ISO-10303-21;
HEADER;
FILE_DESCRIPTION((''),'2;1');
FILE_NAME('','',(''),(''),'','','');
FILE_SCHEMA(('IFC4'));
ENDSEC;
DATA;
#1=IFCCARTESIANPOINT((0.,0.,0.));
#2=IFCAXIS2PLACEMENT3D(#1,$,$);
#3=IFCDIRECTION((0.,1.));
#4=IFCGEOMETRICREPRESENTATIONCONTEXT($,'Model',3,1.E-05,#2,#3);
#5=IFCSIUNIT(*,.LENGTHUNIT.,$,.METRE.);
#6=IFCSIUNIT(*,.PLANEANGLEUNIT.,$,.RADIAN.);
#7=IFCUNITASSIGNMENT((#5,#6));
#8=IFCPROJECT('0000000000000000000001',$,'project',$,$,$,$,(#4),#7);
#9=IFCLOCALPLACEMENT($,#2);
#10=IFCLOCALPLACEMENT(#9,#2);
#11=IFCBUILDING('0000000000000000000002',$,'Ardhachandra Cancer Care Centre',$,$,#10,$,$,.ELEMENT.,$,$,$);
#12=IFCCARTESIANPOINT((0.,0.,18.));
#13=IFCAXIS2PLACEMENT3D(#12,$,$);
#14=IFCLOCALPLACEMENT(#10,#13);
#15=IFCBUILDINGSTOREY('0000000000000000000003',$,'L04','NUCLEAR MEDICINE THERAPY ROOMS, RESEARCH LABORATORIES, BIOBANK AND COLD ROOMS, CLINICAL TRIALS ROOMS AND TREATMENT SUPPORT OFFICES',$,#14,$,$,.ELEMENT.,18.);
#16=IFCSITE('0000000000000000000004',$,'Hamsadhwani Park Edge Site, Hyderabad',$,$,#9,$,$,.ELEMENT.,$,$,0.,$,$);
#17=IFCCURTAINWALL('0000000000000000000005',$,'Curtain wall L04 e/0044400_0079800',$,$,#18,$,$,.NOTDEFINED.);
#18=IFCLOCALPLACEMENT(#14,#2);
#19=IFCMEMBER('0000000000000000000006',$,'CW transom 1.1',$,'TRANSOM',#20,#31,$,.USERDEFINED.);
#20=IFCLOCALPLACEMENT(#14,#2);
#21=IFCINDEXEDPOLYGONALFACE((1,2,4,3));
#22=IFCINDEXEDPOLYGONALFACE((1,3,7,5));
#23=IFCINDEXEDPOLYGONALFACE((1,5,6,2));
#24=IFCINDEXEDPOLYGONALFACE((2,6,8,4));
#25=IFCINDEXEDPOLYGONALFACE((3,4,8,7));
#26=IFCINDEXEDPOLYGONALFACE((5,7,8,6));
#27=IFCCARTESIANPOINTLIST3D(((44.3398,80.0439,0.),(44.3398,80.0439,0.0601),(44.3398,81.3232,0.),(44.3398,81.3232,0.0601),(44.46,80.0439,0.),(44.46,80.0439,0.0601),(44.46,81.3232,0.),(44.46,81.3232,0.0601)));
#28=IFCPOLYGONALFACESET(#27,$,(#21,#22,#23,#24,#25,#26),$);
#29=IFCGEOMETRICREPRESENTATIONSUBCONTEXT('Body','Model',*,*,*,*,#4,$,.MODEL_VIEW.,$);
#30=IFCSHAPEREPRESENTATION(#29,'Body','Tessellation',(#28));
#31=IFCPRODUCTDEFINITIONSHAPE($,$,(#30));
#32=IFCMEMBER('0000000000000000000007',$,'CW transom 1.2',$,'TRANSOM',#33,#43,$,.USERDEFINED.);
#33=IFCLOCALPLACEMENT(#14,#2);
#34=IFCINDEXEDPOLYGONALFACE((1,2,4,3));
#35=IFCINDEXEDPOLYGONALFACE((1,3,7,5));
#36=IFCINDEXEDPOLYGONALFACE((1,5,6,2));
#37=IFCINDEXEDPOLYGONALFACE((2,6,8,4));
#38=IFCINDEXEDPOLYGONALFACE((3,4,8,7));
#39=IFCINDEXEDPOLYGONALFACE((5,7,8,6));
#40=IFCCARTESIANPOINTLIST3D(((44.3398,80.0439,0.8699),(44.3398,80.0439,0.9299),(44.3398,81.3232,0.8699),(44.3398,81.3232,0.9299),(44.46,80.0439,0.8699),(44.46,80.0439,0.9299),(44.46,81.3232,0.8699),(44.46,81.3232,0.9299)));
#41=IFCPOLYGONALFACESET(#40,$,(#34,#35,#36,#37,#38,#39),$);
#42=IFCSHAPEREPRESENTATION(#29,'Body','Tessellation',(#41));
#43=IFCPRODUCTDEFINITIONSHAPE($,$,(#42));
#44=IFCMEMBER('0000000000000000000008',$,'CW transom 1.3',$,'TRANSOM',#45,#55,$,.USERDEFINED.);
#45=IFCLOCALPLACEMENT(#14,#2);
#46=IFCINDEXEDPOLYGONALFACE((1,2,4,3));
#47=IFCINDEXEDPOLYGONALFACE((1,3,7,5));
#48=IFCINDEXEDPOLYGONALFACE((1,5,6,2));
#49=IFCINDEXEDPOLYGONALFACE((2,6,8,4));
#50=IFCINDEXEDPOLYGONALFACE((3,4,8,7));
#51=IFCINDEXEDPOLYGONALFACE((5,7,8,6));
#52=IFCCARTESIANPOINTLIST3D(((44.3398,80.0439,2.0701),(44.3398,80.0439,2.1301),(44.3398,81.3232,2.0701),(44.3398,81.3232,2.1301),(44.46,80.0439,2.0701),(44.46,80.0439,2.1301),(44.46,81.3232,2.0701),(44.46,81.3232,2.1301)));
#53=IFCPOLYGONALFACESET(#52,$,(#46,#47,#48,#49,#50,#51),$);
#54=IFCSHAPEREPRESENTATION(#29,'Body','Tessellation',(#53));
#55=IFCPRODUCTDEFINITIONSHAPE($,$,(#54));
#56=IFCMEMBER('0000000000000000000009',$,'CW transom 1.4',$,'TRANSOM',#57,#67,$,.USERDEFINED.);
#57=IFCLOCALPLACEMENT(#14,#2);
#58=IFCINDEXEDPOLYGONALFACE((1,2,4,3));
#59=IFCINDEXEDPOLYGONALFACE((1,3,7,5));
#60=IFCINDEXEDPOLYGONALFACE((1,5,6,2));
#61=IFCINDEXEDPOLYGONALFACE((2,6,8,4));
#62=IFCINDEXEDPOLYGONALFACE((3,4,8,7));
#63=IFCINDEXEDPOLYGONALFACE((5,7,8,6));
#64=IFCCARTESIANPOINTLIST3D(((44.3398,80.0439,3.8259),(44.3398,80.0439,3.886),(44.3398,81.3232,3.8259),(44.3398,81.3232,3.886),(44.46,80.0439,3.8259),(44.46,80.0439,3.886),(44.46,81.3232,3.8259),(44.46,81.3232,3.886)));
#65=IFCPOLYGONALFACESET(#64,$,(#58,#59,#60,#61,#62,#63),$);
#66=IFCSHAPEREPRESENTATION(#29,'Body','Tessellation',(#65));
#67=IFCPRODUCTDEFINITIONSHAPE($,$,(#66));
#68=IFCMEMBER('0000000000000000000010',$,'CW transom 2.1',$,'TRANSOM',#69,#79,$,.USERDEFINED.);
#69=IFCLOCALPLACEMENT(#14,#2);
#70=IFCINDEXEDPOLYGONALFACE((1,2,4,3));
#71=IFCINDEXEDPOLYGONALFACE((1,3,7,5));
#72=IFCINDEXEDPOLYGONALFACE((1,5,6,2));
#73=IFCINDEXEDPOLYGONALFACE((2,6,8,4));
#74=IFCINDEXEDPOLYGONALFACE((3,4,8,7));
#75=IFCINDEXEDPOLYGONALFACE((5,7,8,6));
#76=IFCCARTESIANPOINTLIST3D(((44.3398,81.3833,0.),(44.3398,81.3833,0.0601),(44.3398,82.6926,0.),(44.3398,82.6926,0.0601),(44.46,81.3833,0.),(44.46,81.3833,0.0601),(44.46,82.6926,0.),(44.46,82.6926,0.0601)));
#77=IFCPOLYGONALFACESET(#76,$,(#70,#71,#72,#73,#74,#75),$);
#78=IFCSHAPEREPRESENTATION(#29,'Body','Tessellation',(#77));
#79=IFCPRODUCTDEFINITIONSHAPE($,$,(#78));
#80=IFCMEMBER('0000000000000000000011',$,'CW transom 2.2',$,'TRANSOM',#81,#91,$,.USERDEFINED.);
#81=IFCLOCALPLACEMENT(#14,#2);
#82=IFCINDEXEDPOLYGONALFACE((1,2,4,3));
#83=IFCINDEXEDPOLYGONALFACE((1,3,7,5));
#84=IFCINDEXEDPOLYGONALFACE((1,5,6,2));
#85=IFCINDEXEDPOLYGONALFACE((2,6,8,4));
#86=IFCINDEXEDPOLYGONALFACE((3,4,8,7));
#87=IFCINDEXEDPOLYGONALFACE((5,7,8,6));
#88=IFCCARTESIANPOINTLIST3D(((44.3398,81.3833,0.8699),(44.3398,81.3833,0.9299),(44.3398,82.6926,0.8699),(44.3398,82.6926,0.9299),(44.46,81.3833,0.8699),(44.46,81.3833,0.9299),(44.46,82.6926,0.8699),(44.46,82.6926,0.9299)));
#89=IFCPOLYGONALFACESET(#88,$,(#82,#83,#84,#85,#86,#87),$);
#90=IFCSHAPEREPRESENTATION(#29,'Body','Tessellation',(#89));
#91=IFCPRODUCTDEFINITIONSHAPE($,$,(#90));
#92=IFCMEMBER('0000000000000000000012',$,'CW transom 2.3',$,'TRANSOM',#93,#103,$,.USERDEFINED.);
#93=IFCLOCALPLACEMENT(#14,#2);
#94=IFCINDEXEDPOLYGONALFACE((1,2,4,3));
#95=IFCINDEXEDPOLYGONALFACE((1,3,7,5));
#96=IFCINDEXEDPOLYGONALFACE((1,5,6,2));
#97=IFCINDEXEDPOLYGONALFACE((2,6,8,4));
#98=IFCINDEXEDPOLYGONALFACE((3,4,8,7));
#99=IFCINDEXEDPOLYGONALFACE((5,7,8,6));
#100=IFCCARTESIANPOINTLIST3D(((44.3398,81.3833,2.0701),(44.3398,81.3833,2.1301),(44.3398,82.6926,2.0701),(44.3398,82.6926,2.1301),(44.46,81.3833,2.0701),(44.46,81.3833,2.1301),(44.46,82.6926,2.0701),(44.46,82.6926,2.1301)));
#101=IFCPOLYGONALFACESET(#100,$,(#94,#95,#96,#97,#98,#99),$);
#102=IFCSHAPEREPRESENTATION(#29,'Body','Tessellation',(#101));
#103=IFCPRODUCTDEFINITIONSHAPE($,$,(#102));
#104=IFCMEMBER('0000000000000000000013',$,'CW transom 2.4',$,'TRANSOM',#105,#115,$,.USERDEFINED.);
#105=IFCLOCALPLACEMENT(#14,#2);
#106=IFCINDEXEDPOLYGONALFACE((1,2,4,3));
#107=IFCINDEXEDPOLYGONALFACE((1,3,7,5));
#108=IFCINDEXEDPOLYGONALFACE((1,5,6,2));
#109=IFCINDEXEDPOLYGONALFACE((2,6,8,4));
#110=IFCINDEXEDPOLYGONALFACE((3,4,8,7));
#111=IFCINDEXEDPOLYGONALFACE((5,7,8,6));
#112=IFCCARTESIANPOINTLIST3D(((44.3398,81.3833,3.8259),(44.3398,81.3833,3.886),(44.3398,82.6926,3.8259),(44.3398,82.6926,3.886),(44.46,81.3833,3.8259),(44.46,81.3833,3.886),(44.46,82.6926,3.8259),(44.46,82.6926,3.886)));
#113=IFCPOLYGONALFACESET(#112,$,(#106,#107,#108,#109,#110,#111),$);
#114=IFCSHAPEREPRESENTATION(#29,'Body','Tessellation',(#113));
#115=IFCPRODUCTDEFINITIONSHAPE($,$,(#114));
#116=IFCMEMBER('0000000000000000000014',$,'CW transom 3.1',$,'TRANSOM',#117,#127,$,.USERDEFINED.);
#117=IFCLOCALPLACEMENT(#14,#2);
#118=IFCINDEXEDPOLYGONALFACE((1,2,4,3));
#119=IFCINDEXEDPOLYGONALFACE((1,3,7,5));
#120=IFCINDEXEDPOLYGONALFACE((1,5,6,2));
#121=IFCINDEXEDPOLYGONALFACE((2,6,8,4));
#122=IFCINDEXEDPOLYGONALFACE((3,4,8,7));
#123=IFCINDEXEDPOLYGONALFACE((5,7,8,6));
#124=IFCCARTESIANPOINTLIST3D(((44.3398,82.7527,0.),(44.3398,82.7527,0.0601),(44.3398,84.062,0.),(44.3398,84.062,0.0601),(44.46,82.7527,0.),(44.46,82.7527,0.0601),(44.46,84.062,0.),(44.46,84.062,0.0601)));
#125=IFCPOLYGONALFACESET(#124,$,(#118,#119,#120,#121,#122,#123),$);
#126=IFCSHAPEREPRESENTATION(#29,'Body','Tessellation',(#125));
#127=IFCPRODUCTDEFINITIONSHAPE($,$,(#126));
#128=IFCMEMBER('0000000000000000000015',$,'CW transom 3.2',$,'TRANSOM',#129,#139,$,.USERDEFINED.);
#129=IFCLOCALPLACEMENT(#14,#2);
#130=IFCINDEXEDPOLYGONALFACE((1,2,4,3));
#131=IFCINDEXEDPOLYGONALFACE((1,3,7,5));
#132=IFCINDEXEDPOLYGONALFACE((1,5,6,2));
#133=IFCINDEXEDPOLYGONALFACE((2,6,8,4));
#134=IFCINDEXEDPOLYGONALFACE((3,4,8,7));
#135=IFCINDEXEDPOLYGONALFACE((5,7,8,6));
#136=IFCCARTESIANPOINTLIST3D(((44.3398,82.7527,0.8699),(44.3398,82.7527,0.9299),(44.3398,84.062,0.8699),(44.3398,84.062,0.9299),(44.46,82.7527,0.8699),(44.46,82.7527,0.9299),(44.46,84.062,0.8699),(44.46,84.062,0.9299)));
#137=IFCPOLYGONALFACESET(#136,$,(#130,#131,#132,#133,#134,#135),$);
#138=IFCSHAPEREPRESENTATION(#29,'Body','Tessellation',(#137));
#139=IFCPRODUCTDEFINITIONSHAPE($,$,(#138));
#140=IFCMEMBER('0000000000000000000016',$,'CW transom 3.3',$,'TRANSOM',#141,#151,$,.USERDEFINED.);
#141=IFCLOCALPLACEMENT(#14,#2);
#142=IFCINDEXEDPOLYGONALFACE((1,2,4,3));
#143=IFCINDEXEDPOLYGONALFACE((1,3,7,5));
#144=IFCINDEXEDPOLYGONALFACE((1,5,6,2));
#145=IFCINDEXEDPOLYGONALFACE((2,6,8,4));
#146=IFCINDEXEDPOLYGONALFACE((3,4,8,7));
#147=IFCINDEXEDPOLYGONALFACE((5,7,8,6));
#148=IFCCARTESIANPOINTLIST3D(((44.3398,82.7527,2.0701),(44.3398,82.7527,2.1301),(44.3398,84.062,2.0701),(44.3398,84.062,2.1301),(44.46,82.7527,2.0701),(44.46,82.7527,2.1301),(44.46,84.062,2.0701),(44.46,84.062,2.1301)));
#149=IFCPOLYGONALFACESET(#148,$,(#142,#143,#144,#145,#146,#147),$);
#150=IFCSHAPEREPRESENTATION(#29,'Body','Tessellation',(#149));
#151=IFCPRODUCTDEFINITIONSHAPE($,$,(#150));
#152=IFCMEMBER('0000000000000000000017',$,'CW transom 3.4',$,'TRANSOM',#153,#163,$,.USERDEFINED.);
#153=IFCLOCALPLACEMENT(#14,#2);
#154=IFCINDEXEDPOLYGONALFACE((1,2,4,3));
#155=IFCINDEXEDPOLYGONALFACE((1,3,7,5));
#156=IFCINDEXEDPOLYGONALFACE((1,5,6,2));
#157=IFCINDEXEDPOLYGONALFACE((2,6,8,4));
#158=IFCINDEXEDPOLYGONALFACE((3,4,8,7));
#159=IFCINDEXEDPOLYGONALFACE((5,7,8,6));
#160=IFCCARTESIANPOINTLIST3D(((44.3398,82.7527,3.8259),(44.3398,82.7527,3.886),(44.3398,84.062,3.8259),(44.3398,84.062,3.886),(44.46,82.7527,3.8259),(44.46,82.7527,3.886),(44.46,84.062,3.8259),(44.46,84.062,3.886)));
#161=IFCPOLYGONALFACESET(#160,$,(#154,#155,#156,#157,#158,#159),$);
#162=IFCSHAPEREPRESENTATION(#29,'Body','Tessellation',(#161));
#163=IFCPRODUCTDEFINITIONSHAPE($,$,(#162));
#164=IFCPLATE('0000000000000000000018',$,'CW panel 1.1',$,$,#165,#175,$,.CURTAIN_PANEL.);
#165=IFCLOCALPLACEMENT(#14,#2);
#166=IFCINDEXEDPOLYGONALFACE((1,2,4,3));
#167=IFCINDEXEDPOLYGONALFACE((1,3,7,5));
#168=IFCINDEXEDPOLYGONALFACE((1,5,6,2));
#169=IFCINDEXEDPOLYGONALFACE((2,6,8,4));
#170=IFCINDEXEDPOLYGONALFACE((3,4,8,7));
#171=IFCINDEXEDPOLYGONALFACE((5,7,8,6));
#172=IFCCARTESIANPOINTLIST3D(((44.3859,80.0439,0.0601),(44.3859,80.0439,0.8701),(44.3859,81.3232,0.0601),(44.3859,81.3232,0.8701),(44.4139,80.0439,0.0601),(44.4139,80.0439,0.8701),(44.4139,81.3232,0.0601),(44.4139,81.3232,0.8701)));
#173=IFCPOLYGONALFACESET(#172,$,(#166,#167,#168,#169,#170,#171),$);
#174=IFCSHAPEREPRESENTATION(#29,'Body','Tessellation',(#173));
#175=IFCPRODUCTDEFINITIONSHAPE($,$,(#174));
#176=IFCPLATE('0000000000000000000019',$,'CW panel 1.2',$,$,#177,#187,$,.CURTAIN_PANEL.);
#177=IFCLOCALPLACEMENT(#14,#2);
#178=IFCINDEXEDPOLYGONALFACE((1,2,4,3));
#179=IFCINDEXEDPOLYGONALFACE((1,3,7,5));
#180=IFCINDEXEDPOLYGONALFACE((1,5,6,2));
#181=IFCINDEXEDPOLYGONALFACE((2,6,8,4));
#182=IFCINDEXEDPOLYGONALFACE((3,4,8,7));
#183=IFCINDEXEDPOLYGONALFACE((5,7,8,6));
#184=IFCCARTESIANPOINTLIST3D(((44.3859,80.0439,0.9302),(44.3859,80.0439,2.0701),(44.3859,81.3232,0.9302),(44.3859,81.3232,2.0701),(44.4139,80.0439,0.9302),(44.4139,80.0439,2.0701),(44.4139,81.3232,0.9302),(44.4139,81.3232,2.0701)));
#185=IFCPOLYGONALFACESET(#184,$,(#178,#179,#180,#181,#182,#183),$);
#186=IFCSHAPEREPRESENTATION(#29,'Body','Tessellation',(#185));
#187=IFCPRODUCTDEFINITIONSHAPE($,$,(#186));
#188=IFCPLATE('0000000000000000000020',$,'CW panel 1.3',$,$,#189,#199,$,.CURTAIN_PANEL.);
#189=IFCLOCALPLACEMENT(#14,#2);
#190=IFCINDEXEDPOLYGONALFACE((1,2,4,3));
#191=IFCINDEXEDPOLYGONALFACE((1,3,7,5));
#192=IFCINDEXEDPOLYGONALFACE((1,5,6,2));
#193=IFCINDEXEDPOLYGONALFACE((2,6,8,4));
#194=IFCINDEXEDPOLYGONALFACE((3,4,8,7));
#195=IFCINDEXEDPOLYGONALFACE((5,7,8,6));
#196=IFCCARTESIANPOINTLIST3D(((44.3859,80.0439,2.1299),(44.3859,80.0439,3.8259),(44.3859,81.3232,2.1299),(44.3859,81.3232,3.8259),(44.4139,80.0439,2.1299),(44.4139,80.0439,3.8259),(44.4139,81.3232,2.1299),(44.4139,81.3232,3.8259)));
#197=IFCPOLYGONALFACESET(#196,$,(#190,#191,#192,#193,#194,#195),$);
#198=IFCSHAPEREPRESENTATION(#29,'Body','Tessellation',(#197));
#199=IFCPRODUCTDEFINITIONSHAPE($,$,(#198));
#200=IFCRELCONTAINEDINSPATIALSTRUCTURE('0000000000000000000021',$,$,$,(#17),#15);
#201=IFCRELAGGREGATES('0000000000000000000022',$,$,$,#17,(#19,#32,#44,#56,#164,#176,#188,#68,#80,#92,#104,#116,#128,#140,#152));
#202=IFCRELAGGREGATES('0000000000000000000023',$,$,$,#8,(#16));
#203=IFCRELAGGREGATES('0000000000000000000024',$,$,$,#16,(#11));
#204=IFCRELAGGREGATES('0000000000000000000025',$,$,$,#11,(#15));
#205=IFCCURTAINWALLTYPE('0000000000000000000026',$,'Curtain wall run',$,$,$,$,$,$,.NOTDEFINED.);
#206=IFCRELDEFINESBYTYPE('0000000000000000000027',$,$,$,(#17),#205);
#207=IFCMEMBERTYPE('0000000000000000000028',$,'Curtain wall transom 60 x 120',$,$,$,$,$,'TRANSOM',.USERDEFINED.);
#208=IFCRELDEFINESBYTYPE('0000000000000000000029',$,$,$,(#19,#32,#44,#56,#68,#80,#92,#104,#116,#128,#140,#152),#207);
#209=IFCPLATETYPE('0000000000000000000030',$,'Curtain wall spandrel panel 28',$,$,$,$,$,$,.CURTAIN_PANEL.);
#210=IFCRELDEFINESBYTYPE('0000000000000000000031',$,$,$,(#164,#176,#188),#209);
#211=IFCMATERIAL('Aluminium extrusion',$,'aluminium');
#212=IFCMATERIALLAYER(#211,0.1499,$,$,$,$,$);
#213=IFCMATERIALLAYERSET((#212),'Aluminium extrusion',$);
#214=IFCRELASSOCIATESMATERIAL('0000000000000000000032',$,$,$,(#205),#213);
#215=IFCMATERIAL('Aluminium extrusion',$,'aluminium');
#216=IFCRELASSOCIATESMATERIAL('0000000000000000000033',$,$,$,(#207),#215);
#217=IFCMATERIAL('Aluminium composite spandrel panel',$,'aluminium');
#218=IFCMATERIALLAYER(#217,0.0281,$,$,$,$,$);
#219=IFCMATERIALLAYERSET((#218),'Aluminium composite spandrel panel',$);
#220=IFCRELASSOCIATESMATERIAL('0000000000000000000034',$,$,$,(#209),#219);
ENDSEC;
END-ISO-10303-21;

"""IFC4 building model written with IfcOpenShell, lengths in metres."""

from ifc_helpers import new_model, si_unit, direction, frame, origin, origin_2d, place, context, subcontext, project, spatial, rectangle, extrude, material, layer, layer_set, material_profile, profile_set, type_object, element, aggregate, save


model = new_model("IFC4")

# Units and contexts
model_context = context("Model", 3, precision=1e-05, world=origin(), true_north=direction((0.0, 1.0)))
body_context = subcontext(model_context, "Body", "Model", "MODEL_VIEW")
ifc_project = project(units=[si_unit("LENGTHUNIT", "METRE"), si_unit("PLANEANGLEUNIT", "RADIAN")], contexts=[model_context])

# Site, building, storey
site_placement = place(None, origin())
site = spatial("IfcSite", under=ifc_project, at=site_placement, Name="Hamsadhwani Park Edge Site, Hyderabad", CompositionType="ELEMENT", RefElevation=0.0)
building_placement = place(site_placement, origin())
building = spatial("IfcBuilding", under=site, at=building_placement, Name="Ardhachandra Cancer Care Centre", CompositionType="ELEMENT")
storey_placement = place(building_placement, frame((0.0, 0.0, 18.0)))
storey = spatial("IfcBuildingStorey", under=building, at=storey_placement, Name="L04", Description="NUCLEAR MEDICINE THERAPY ROOMS, RESEARCH LABORATORIES, BIOBANK AND COLD ROOMS, CLINICAL TRIALS ROOMS AND TREATMENT SUPPORT OFFICES", CompositionType="ELEMENT", Elevation=18.0)

# Curtain wall, members, plates
ifc_material_1 = material(Name="Aluminium extrusion", Category="aluminium")
ifc_layer_1 = layer(ifc_material_1, 0.1499)
ifc_layer_set_1 = layer_set([ifc_layer_1], Name="Aluminium extrusion")
curtain_wall_type = type_object("IfcCurtainWallType", Name="Curtain wall run", PredefinedType="NOTDEFINED", material=ifc_layer_set_1)
curtain_wall_placement = place(storey_placement, origin())
curtain_wall = element("IfcCurtainWall", 1, at=curtain_wall_placement, inside=storey, type_object=curtain_wall_type, Name="Curtain wall L04 e/0044400_0079800", PredefinedType="NOTDEFINED")
ifc_material_2 = material(Name="Aluminium extrusion", Category="aluminium")
ifc_material_profile = material_profile(ifc_material_2, rectangle(XDim=0.1201, YDim=0.0601, at=origin_2d()), Name="Curtain wall transom 60 x 120")
ifc_profile_set = profile_set([ifc_material_profile], Name="Aluminium extrusion")
member_type = type_object("IfcMemberType", Name="Curtain wall transom 60 x 120", ElementType="TRANSOM", PredefinedType="USERDEFINED", material=ifc_profile_set)
member_1_placement = place(storey_placement, frame((44.3999, 80.0439, 0.03), z_axis=(0.0, 1.0, 0.0), x_axis=(-1.0, 0.0, 0.0)))
member_1 = element("IfcMember", 2, at=member_1_placement, type_object=member_type, Name="CW transom 1.1", ObjectType="TRANSOM", PredefinedType="USERDEFINED", context=body_context, shape_type="SweptSolid", body=[
    extrude(rectangle(XDim=0.1201, YDim=0.0601, at=origin_2d()), origin(), (0.0, 0.0, 1.0), 1.2793),
])
member_2_placement = place(storey_placement, frame((44.3999, 80.0439, 0.8999), z_axis=(0.0, 1.0, 0.0), x_axis=(-1.0, 0.0, 0.0)))
member_2 = element("IfcMember", 3, at=member_2_placement, type_object=member_type, Name="CW transom 1.2", ObjectType="TRANSOM", PredefinedType="USERDEFINED", context=body_context, shape_type="SweptSolid", body=[
    extrude(rectangle(XDim=0.1201, YDim=0.0601, at=origin_2d()), origin(), (0.0, 0.0, 1.0), 1.2793),
])
member_3_placement = place(storey_placement, frame((44.3999, 80.0439, 2.1001), z_axis=(0.0, 1.0, 0.0), x_axis=(-1.0, 0.0, 0.0)))
member_3 = element("IfcMember", 4, at=member_3_placement, type_object=member_type, Name="CW transom 1.3", ObjectType="TRANSOM", PredefinedType="USERDEFINED", context=body_context, shape_type="SweptSolid", body=[
    extrude(rectangle(XDim=0.1201, YDim=0.0601, at=origin_2d()), origin(), (0.0, 0.0, 1.0), 1.2793),
])
member_4_placement = place(storey_placement, frame((44.3999, 80.0439, 3.856), z_axis=(0.0, 1.0, 0.0), x_axis=(-1.0, 0.0, 0.0)))
member_4 = element("IfcMember", 5, at=member_4_placement, type_object=member_type, Name="CW transom 1.4", ObjectType="TRANSOM", PredefinedType="USERDEFINED", context=body_context, shape_type="SweptSolid", body=[
    extrude(rectangle(XDim=0.1201, YDim=0.0601, at=origin_2d()), origin(), (0.0, 0.0, 1.0), 1.2793),
])
member_5_placement = place(storey_placement, frame((44.3999, 81.3833, 0.03), z_axis=(0.0, 1.0, 0.0), x_axis=(-1.0, 0.0, 0.0)))
member_5 = element("IfcMember", 6, at=member_5_placement, type_object=member_type, Name="CW transom 2.1", ObjectType="TRANSOM", PredefinedType="USERDEFINED", context=body_context, shape_type="SweptSolid", body=[
    extrude(rectangle(XDim=0.1201, YDim=0.0601, at=origin_2d()), origin(), (0.0, 0.0, 1.0), 1.3093),
])
member_6_placement = place(storey_placement, frame((44.3999, 81.3833, 0.8999), z_axis=(0.0, 1.0, 0.0), x_axis=(-1.0, 0.0, 0.0)))
member_6 = element("IfcMember", 7, at=member_6_placement, type_object=member_type, Name="CW transom 2.2", ObjectType="TRANSOM", PredefinedType="USERDEFINED", context=body_context, shape_type="SweptSolid", body=[
    extrude(rectangle(XDim=0.1201, YDim=0.0601, at=origin_2d()), origin(), (0.0, 0.0, 1.0), 1.3093),
])
member_7_placement = place(storey_placement, frame((44.3999, 81.3833, 2.1001), z_axis=(0.0, 1.0, 0.0), x_axis=(-1.0, 0.0, 0.0)))
member_7 = element("IfcMember", 8, at=member_7_placement, type_object=member_type, Name="CW transom 2.3", ObjectType="TRANSOM", PredefinedType="USERDEFINED", context=body_context, shape_type="SweptSolid", body=[
    extrude(rectangle(XDim=0.1201, YDim=0.0601, at=origin_2d()), origin(), (0.0, 0.0, 1.0), 1.3093),
])
member_8_placement = place(storey_placement, frame((44.3999, 81.3833, 3.856), z_axis=(0.0, 1.0, 0.0), x_axis=(-1.0, 0.0, 0.0)))
member_8 = element("IfcMember", 9, at=member_8_placement, type_object=member_type, Name="CW transom 2.4", ObjectType="TRANSOM", PredefinedType="USERDEFINED", context=body_context, shape_type="SweptSolid", body=[
    extrude(rectangle(XDim=0.1201, YDim=0.0601, at=origin_2d()), origin(), (0.0, 0.0, 1.0), 1.3093),
])
member_9_placement = place(storey_placement, frame((44.3999, 82.7527, 0.03), z_axis=(0.0, 1.0, 0.0), x_axis=(-1.0, 0.0, 0.0)))
member_9 = element("IfcMember", 10, at=member_9_placement, type_object=member_type, Name="CW transom 3.1", ObjectType="TRANSOM", PredefinedType="USERDEFINED", context=body_context, shape_type="SweptSolid", body=[
    extrude(rectangle(XDim=0.1201, YDim=0.0601, at=origin_2d()), origin(), (0.0, 0.0, 1.0), 1.3093),
])
member_10_placement = place(storey_placement, frame((44.3999, 82.7527, 0.8999), z_axis=(0.0, 1.0, 0.0), x_axis=(-1.0, 0.0, 0.0)))
member_10 = element("IfcMember", 11, at=member_10_placement, type_object=member_type, Name="CW transom 3.2", ObjectType="TRANSOM", PredefinedType="USERDEFINED", context=body_context, shape_type="SweptSolid", body=[
    extrude(rectangle(XDim=0.1201, YDim=0.0601, at=origin_2d()), origin(), (0.0, 0.0, 1.0), 1.3093),
])
member_11_placement = place(storey_placement, frame((44.3999, 82.7527, 2.1001), z_axis=(0.0, 1.0, 0.0), x_axis=(-1.0, 0.0, 0.0)))
member_11 = element("IfcMember", 12, at=member_11_placement, type_object=member_type, Name="CW transom 3.3", ObjectType="TRANSOM", PredefinedType="USERDEFINED", context=body_context, shape_type="SweptSolid", body=[
    extrude(rectangle(XDim=0.1201, YDim=0.0601, at=origin_2d()), origin(), (0.0, 0.0, 1.0), 1.3093),
])
member_12_placement = place(storey_placement, frame((44.3999, 82.7527, 3.856), z_axis=(0.0, 1.0, 0.0), x_axis=(-1.0, 0.0, 0.0)))
member_12 = element("IfcMember", 13, at=member_12_placement, type_object=member_type, Name="CW transom 3.4", ObjectType="TRANSOM", PredefinedType="USERDEFINED", context=body_context, shape_type="SweptSolid", body=[
    extrude(rectangle(XDim=0.1201, YDim=0.0601, at=origin_2d()), origin(), (0.0, 0.0, 1.0), 1.3093),
])
ifc_material_3 = material(Name="Aluminium composite spandrel panel", Category="aluminium")
ifc_layer_2 = layer(ifc_material_3, 0.0281)
ifc_layer_set_2 = layer_set([ifc_layer_2], Name="Aluminium composite spandrel panel")
plate_type = type_object("IfcPlateType", Name="Curtain wall spandrel panel 28", PredefinedType="CURTAIN_PANEL", material=ifc_layer_set_2)
plate_1_placement = place(storey_placement, frame((44.3999, 80.6836, 0.0601), z_axis=(0.0, 0.0, 1.0), x_axis=(0.0, 1.0, 0.0)))
plate_1 = element("IfcPlate", 14, at=plate_1_placement, type_object=plate_type, Name="CW panel 1.1", PredefinedType="CURTAIN_PANEL", context=body_context, shape_type="SweptSolid", body=[
    extrude(rectangle(XDim=1.2793, YDim=0.0281, at=origin_2d()), origin(), (0.0, 0.0, 1.0), 0.8101),
])
plate_2_placement = place(storey_placement, frame((44.3999, 80.6836, 0.9302), z_axis=(0.0, 0.0, 1.0), x_axis=(0.0, 1.0, 0.0)))
plate_2 = element("IfcPlate", 15, at=plate_2_placement, type_object=plate_type, Name="CW panel 1.2", PredefinedType="CURTAIN_PANEL", context=body_context, shape_type="SweptSolid", body=[
    extrude(rectangle(XDim=1.2793, YDim=0.0281, at=origin_2d()), origin(), (0.0, 0.0, 1.0), 1.1399),
])
plate_3_placement = place(storey_placement, frame((44.3999, 80.6836, 2.1299), z_axis=(0.0, 0.0, 1.0), x_axis=(0.0, 1.0, 0.0)))
plate_3 = element("IfcPlate", 16, at=plate_3_placement, type_object=plate_type, Name="CW panel 1.3", PredefinedType="CURTAIN_PANEL", context=body_context, shape_type="SweptSolid", body=[
    extrude(rectangle(XDim=1.2793, YDim=0.0281, at=origin_2d()), origin(), (0.0, 0.0, 1.0), 1.696),
])
aggregate(curtain_wall, [member_1, member_2, member_3, member_4, plate_1, plate_2, plate_3, member_5, member_6, member_7, member_8, member_9, member_10, member_11, member_12])

save(model, "model.ifc")
